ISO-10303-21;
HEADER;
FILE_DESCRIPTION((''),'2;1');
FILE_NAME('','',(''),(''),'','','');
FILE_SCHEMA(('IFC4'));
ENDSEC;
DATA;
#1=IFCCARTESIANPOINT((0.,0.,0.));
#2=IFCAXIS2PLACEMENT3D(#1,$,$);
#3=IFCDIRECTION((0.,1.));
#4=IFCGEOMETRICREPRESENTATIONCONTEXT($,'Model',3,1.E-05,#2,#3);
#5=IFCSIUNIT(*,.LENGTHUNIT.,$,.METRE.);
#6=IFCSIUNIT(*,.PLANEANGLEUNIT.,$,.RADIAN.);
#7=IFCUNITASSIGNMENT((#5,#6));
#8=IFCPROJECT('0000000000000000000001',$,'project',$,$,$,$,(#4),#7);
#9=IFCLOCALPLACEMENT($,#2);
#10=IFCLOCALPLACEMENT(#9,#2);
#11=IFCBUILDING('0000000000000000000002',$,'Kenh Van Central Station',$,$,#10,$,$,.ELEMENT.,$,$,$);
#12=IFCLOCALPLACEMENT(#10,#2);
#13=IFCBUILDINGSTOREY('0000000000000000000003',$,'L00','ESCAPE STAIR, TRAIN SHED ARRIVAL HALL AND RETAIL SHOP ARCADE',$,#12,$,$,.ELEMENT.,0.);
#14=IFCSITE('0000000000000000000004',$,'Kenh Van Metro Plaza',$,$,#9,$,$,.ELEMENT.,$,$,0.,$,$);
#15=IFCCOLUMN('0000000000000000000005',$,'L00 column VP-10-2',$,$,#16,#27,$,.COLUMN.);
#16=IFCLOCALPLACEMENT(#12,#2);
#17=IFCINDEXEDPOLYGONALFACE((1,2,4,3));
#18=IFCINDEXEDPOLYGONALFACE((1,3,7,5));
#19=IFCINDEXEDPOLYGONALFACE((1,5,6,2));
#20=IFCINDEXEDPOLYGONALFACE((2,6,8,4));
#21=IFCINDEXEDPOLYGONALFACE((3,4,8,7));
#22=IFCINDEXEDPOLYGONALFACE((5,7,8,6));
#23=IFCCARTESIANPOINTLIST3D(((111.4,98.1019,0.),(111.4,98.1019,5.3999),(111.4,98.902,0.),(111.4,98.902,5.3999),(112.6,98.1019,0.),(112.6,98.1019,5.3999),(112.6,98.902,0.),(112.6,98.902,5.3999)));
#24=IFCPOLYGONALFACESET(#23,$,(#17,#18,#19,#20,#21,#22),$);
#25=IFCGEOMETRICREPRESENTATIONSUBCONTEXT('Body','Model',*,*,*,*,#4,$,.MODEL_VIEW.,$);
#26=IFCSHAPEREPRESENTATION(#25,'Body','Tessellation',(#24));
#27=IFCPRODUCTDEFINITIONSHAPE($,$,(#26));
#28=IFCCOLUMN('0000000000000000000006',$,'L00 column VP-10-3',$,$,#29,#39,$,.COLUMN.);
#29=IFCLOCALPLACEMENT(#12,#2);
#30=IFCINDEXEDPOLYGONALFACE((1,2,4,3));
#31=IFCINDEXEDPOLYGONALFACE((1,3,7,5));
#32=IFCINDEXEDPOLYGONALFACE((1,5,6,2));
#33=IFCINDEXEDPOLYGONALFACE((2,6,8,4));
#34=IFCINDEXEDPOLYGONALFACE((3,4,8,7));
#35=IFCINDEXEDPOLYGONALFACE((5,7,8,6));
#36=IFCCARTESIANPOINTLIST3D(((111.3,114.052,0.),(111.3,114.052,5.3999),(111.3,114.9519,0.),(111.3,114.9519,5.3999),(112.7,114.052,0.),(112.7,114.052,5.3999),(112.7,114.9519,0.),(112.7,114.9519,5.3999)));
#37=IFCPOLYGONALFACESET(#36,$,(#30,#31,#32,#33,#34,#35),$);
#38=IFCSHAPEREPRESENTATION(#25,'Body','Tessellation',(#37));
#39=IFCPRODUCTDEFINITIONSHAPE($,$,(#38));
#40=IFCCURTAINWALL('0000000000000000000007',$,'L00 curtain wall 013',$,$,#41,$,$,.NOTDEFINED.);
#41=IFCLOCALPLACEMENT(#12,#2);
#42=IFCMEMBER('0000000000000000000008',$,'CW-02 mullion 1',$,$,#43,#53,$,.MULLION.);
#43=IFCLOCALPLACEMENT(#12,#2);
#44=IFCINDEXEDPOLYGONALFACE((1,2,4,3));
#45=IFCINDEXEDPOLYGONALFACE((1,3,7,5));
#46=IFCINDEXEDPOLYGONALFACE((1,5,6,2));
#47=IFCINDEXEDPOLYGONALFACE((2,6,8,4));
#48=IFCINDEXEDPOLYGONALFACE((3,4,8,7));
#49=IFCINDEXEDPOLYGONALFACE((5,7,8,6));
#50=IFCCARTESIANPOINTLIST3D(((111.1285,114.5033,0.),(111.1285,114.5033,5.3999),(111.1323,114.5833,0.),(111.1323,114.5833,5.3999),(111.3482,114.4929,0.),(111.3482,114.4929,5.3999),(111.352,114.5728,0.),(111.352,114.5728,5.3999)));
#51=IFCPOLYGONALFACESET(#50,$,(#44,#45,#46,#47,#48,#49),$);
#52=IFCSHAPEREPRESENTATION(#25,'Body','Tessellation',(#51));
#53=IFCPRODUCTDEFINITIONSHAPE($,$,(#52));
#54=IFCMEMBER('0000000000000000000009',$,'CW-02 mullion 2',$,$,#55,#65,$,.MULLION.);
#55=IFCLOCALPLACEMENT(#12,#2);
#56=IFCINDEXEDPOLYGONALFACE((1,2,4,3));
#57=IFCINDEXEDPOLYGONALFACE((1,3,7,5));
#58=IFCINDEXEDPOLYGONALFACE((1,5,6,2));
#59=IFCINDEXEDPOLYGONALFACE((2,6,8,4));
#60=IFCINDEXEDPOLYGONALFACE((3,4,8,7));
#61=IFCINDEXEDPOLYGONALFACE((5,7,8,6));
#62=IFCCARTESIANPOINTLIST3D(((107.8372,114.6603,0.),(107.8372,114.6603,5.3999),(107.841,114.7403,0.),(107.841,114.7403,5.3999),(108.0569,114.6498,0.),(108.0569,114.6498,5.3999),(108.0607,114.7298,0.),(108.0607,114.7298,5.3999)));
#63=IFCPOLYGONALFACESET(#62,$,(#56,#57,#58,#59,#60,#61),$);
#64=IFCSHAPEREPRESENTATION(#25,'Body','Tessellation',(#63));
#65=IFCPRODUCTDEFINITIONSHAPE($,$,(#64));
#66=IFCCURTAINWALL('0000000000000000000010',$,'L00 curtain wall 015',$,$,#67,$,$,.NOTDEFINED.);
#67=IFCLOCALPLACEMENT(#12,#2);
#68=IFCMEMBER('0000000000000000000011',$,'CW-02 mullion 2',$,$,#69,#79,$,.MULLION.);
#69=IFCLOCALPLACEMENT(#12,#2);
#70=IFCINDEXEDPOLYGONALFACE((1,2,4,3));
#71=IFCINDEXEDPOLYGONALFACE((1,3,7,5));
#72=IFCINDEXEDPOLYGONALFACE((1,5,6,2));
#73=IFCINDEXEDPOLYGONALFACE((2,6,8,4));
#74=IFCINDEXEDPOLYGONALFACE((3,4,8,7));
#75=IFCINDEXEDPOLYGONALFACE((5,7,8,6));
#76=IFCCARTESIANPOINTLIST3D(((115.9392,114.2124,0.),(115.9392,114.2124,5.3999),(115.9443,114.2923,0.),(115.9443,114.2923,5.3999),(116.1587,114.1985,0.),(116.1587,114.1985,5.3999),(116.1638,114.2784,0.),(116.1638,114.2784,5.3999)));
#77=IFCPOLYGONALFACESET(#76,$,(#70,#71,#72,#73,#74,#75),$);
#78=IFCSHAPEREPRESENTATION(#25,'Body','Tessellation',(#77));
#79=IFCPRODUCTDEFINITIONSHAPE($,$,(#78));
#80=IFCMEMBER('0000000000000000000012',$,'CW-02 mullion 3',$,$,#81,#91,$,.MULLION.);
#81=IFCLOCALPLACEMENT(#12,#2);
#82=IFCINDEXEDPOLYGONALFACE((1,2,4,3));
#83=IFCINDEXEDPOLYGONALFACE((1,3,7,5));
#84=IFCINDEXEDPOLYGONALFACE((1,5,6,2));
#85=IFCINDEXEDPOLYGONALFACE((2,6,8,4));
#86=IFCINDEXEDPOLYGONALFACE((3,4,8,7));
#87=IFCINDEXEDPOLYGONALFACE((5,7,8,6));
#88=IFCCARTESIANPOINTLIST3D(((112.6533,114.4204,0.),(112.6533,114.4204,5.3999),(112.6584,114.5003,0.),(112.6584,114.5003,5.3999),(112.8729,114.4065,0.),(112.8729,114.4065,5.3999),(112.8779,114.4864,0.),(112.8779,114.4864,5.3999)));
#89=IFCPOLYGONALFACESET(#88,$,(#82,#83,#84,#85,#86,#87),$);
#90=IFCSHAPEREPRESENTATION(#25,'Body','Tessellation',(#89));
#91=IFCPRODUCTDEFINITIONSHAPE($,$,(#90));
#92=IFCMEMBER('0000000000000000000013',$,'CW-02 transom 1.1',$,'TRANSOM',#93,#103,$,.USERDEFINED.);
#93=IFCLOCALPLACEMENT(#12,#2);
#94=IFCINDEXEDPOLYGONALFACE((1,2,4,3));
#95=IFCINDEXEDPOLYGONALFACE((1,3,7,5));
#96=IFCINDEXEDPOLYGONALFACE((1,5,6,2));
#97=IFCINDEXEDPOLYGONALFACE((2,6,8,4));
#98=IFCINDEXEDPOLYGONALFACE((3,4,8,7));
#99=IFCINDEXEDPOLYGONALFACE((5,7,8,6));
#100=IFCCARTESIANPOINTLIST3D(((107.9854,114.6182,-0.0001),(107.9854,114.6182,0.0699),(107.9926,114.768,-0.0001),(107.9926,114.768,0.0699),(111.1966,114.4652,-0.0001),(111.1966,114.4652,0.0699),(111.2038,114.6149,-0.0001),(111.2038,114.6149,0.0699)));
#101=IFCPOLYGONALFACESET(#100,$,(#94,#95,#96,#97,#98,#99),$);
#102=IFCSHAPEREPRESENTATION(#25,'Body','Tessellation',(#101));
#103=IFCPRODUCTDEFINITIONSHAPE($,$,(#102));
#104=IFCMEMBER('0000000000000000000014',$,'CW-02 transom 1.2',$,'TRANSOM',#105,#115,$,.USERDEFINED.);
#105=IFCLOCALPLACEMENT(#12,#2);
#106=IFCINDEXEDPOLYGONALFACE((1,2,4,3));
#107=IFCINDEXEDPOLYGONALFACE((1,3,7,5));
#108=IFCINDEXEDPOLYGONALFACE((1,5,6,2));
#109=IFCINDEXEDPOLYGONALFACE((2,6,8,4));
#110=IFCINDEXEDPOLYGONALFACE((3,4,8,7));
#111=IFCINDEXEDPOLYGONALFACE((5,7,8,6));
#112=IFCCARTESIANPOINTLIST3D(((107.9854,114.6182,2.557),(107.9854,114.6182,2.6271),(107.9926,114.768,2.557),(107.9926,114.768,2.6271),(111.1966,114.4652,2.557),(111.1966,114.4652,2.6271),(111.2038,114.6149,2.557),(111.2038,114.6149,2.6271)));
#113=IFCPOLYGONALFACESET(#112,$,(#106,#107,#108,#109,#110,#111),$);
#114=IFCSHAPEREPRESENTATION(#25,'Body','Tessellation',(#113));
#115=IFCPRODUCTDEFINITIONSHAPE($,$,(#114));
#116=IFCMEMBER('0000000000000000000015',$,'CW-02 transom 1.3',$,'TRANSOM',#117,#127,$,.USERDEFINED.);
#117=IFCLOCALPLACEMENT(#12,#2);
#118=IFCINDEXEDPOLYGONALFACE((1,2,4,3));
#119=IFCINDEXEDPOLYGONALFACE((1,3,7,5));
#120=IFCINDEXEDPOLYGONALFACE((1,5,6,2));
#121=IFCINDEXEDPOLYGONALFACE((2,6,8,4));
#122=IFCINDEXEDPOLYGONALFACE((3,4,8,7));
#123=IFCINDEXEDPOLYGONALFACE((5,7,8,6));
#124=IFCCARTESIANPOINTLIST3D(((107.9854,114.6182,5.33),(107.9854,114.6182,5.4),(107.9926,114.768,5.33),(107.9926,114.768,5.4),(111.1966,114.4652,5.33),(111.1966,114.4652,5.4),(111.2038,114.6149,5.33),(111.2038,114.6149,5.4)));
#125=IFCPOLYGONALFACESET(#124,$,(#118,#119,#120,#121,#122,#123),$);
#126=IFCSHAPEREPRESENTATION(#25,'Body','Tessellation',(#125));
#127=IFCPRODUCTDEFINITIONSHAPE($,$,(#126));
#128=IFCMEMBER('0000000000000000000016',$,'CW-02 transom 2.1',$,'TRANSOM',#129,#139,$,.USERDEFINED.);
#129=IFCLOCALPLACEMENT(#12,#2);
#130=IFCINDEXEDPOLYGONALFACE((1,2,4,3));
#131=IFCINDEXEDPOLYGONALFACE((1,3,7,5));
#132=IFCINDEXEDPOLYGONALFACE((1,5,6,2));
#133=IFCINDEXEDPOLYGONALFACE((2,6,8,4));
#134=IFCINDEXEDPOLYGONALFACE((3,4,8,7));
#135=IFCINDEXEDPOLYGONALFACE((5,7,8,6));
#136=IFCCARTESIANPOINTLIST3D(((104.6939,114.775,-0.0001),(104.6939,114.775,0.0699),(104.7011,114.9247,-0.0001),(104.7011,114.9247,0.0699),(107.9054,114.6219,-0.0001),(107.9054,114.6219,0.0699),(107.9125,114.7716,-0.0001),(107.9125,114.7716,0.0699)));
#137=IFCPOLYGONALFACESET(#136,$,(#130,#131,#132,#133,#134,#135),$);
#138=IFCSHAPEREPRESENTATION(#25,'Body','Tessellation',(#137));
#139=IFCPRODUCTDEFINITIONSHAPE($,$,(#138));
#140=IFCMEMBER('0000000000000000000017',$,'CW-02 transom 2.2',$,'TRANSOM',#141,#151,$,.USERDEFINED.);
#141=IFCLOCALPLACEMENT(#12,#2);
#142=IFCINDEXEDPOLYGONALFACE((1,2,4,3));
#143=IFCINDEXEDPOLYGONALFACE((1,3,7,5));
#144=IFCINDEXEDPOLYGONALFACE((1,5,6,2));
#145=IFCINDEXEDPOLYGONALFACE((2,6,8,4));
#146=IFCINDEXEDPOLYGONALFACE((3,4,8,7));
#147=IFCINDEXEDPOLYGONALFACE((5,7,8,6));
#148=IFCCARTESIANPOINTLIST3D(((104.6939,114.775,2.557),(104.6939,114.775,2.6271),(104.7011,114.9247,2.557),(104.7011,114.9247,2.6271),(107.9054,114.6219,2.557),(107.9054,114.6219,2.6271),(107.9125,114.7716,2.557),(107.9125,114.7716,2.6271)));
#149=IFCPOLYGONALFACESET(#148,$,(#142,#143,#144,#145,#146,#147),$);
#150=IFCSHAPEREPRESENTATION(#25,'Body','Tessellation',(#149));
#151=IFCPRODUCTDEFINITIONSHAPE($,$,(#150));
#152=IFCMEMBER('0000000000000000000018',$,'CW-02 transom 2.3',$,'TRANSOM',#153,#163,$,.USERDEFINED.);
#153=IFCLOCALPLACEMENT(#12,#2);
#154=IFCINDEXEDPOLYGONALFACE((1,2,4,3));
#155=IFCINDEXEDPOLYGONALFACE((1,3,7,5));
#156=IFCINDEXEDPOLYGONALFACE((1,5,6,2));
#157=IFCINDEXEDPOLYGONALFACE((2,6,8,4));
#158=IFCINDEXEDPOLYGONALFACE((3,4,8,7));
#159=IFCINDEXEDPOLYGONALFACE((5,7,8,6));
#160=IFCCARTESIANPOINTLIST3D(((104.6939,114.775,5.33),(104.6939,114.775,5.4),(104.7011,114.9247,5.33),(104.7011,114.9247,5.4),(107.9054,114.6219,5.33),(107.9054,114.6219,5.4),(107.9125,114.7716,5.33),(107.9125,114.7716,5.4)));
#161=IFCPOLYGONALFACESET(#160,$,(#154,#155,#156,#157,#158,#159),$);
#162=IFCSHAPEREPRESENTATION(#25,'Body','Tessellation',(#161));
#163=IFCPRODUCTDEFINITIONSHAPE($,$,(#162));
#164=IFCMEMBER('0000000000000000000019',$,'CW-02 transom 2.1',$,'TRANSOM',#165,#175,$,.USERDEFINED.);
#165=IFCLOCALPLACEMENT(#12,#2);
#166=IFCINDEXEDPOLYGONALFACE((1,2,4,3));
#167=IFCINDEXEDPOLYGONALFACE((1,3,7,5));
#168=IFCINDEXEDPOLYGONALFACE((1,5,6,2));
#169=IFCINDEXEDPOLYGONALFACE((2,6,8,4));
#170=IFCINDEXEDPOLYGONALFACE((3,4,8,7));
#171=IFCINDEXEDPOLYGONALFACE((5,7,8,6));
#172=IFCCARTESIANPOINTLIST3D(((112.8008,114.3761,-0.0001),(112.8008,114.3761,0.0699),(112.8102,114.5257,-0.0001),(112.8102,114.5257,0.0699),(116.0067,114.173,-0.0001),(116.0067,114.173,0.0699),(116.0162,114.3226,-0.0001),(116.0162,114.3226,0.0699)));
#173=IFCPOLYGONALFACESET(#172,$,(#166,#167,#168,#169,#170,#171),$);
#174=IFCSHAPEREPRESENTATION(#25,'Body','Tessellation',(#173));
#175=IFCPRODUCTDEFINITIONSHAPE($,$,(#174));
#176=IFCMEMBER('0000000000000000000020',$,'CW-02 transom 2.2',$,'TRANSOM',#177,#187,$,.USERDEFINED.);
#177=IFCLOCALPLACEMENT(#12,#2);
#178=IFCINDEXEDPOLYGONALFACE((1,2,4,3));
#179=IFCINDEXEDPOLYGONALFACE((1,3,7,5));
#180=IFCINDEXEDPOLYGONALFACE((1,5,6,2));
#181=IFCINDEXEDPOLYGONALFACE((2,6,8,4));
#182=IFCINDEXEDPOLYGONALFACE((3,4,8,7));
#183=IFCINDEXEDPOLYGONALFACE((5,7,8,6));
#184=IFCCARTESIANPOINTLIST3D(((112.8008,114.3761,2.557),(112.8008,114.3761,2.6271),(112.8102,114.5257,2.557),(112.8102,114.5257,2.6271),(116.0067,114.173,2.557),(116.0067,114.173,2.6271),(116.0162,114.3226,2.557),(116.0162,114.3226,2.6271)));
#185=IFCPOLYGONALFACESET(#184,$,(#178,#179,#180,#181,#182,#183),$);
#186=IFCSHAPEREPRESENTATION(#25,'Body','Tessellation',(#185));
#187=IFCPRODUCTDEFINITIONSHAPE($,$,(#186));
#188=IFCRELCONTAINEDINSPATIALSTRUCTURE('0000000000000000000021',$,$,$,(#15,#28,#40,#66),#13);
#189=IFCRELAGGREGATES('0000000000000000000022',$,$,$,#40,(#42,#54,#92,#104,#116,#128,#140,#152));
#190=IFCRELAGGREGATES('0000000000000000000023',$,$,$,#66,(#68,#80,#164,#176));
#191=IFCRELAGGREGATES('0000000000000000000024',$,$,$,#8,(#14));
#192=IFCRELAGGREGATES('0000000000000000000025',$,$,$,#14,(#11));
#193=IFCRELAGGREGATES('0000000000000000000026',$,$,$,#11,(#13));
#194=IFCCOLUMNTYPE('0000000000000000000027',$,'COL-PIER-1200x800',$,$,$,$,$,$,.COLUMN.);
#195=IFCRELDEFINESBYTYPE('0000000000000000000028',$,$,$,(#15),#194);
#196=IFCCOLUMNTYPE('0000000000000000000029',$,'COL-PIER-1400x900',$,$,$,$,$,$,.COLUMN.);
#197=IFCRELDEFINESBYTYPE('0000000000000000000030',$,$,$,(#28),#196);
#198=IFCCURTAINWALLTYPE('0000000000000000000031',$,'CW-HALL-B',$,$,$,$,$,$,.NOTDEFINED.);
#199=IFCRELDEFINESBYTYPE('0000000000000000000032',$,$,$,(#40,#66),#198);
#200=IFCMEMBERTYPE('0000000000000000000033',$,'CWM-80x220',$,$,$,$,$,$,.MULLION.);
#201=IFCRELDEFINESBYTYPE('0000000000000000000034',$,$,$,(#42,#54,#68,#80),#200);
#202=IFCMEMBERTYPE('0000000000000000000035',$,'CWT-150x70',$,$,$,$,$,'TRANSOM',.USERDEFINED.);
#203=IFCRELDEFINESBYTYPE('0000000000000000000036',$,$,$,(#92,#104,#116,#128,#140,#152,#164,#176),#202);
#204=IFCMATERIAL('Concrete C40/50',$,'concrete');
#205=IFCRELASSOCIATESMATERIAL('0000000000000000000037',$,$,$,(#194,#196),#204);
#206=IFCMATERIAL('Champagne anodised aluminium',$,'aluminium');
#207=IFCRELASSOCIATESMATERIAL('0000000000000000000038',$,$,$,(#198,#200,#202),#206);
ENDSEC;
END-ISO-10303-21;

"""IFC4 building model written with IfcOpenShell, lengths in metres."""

from ifc_helpers import new_model, si_unit, direction, frame, origin, origin_2d, place, context, subcontext, project, spatial, rectangle, extrude, material, material_profile, profile_set, type_object, element, aggregate, save


model = new_model("IFC4")

# Units and contexts
model_context = context("Model", 3, precision=1e-05, world=origin(), true_north=direction((0.0, 1.0)))
body_context = subcontext(model_context, "Body", "Model", "MODEL_VIEW")
ifc_project = project(units=[si_unit("LENGTHUNIT", "METRE"), si_unit("PLANEANGLEUNIT", "RADIAN")], contexts=[model_context])

# Site, building, storey
site_placement = place(None, origin())
site = spatial("IfcSite", under=ifc_project, at=site_placement, Name="Kenh Van Metro Plaza", CompositionType="ELEMENT", RefElevation=0.0)
building_placement = place(site_placement, origin())
building = spatial("IfcBuilding", under=site, at=building_placement, Name="Kenh Van Central Station", CompositionType="ELEMENT")
storey_placement = place(building_placement, origin())
storey = spatial("IfcBuildingStorey", under=building, at=storey_placement, Name="L00", Description="ESCAPE STAIR, TRAIN SHED ARRIVAL HALL AND RETAIL SHOP ARCADE", CompositionType="ELEMENT", Elevation=0.0)

# Columns
ifc_material_1 = material(Name="Concrete C40/50", Category="concrete")
ifc_material_profile_1 = material_profile(ifc_material_1, rectangle(XDim=1.2, YDim=0.8, at=origin_2d()), Name="RC 1200x800")
ifc_profile_set_1 = profile_set([ifc_material_profile_1], Name="Concrete C40/50")
column_type_1 = type_object("IfcColumnType", Name="COL-PIER-1200x800", PredefinedType="COLUMN", material=ifc_profile_set_1)
column_1_placement = place(storey_placement, frame((112.0, 98.502, 0.0), z_axis=(0.0, 0.0, 1.0), x_axis=(1.0, 0.0, 0.0)))
element("IfcColumn", 1, at=column_1_placement, inside=storey, type_object=column_type_1, Name="L00 column VP-10-2", PredefinedType="COLUMN", context=body_context, shape_type="SweptSolid", body=[
    extrude(rectangle(XDim=1.2, YDim=0.8, at=origin_2d()), origin(), (0.0, 0.0, 1.0), 5.3999),
])
ifc_material_profile_2 = material_profile(ifc_material_1, rectangle(XDim=1.3999, YDim=0.8999, at=origin_2d()), Name="RC 1400x900")
ifc_profile_set_2 = profile_set([ifc_material_profile_2], Name="Concrete C40/50")
column_type_2 = type_object("IfcColumnType", Name="COL-PIER-1400x900", PredefinedType="COLUMN", material=ifc_profile_set_2)
column_2_placement = place(storey_placement, frame((112.0, 114.502, 0.0), z_axis=(0.0, 0.0, 1.0), x_axis=(1.0, 0.0, 0.0)))
element("IfcColumn", 2, at=column_2_placement, inside=storey, type_object=column_type_2, Name="L00 column VP-10-3", PredefinedType="COLUMN", context=body_context, shape_type="SweptSolid", body=[
    extrude(rectangle(XDim=1.3999, YDim=0.8999, at=origin_2d()), origin(), (0.0, 0.0, 1.0), 5.3999),
])

# Curtain walls, members
ifc_material_2 = material(Name="Champagne anodised aluminium", Category="aluminium")
curtain_wall_type = type_object("IfcCurtainWallType", Name="CW-HALL-B", PredefinedType="NOTDEFINED", material=ifc_material_2)
curtain_wall_1_placement = place(storey_placement, origin())
curtain_wall_1 = element("IfcCurtainWall", 3, at=curtain_wall_1_placement, inside=storey, type_object=curtain_wall_type, Name="L00 curtain wall 013", PredefinedType="NOTDEFINED")
ifc_material_profile_3 = material_profile(ifc_material_2, rectangle(XDim=0.0801, YDim=0.22, at=origin_2d()), Name="AL 80x220")
ifc_profile_set_3 = profile_set([ifc_material_profile_3], Name="Champagne anodised aluminium")
member_type_1 = type_object("IfcMemberType", Name="CWM-80x220", PredefinedType="MULLION", material=ifc_profile_set_3)
member_1_placement = place(storey_placement, frame((111.2402, 114.5381, 0.0), z_axis=(0.0, 0.0, 1.0), x_axis=(-0.047601, -0.998866, 0.0)))
member_1 = element("IfcMember", 4, at=member_1_placement, type_object=member_type_1, Name="CW-02 mullion 1", PredefinedType="MULLION", context=body_context, shape_type="SweptSolid", body=[
    extrude(rectangle(XDim=0.0801, YDim=0.22, at=origin_2d()), origin(), (0.0, 0.0, 1.0), 5.3999),
])
member_2_placement = place(storey_placement, frame((107.949, 114.6951, 0.0), z_axis=(0.0, 0.0, 1.0), x_axis=(-0.047601, -0.998866, 0.0)))
member_2 = element("IfcMember", 5, at=member_2_placement, type_object=member_type_1, Name="CW-02 mullion 2", PredefinedType="MULLION", context=body_context, shape_type="SweptSolid", body=[
    extrude(rectangle(XDim=0.0801, YDim=0.22, at=origin_2d()), origin(), (0.0, 0.0, 1.0), 5.3999),
])
curtain_wall_2_placement = place(storey_placement, origin())
curtain_wall_2 = element("IfcCurtainWall", 6, at=curtain_wall_2_placement, inside=storey, type_object=curtain_wall_type, Name="L00 curtain wall 015", PredefinedType="NOTDEFINED")
member_3_placement = place(storey_placement, frame((116.0515, 114.2454, 0.0), z_axis=(0.0, 0.0, 1.0), x_axis=(-0.063211, -0.998, 0.0)))
member_3 = element("IfcMember", 7, at=member_3_placement, type_object=member_type_1, Name="CW-02 mullion 2", PredefinedType="MULLION", context=body_context, shape_type="SweptSolid", body=[
    extrude(rectangle(XDim=0.0801, YDim=0.22, at=origin_2d()), origin(), (0.0, 0.0, 1.0), 5.3999),
])
member_4_placement = place(storey_placement, frame((112.7656, 114.4534, 0.0), z_axis=(0.0, 0.0, 1.0), x_axis=(-0.063211, -0.998, 0.0)))
member_4 = element("IfcMember", 8, at=member_4_placement, type_object=member_type_1, Name="CW-02 mullion 3", PredefinedType="MULLION", context=body_context, shape_type="SweptSolid", body=[
    extrude(rectangle(XDim=0.0801, YDim=0.22, at=origin_2d()), origin(), (0.0, 0.0, 1.0), 5.3999),
])

# Members
ifc_material_profile_4 = material_profile(ifc_material_2, rectangle(XDim=0.1499, YDim=0.0701, at=origin_2d()), Name="AL 150x70")
ifc_profile_set_4 = profile_set([ifc_material_profile_4], Name="Champagne anodised aluminium")
member_type_2 = type_object("IfcMemberType", Name="CWT-150x70", ElementType="TRANSOM", PredefinedType="USERDEFINED", material=ifc_profile_set_4)
member_5_placement = place(storey_placement, frame((111.2002, 114.54, 0.0349), z_axis=(-0.998866, 0.047616, 0.0), x_axis=(-0.047616, -0.998866, 0.0)))
member_5 = element("IfcMember", 9, at=member_5_placement, type_object=member_type_2, Name="CW-02 transom 1.1", ObjectType="TRANSOM", PredefinedType="USERDEFINED", context=body_context, shape_type="SweptSolid", body=[
    extrude(rectangle(XDim=0.1499, YDim=0.0701, at=origin_2d()), origin(), (0.0, 0.0, 1.0), 3.2148),
])
member_6_placement = place(storey_placement, frame((111.2002, 114.54, 2.592), z_axis=(-0.998866, 0.047616, 0.0), x_axis=(-0.047616, -0.998866, 0.0)))
member_6 = element("IfcMember", 10, at=member_6_placement, type_object=member_type_2, Name="CW-02 transom 1.2", ObjectType="TRANSOM", PredefinedType="USERDEFINED", context=body_context, shape_type="SweptSolid", body=[
    extrude(rectangle(XDim=0.1499, YDim=0.0701, at=origin_2d()), origin(), (0.0, 0.0, 1.0), 3.2148),
])
member_7_placement = place(storey_placement, frame((111.2002, 114.54, 5.365), z_axis=(-0.998866, 0.047616, 0.0), x_axis=(-0.047616, -0.998866, 0.0)))
member_7 = element("IfcMember", 11, at=member_7_placement, type_object=member_type_2, Name="CW-02 transom 1.3", ObjectType="TRANSOM", PredefinedType="USERDEFINED", context=body_context, shape_type="SweptSolid", body=[
    extrude(rectangle(XDim=0.1499, YDim=0.0701, at=origin_2d()), origin(), (0.0, 0.0, 1.0), 3.2148),
])
member_8_placement = place(storey_placement, frame((107.9089, 114.6968, 0.0349), z_axis=(-0.998866, 0.047612, 0.0), x_axis=(-0.047612, -0.998866, 0.0)))
member_8 = element("IfcMember", 12, at=member_8_placement, type_object=member_type_2, Name="CW-02 transom 2.1", ObjectType="TRANSOM", PredefinedType="USERDEFINED", context=body_context, shape_type="SweptSolid", body=[
    extrude(rectangle(XDim=0.1499, YDim=0.0701, at=origin_2d()), origin(), (0.0, 0.0, 1.0), 3.2151),
])
member_9_placement = place(storey_placement, frame((107.9089, 114.6968, 2.592), z_axis=(-0.998866, 0.047612, 0.0), x_axis=(-0.047612, -0.998866, 0.0)))
member_9 = element("IfcMember", 13, at=member_9_placement, type_object=member_type_2, Name="CW-02 transom 2.2", ObjectType="TRANSOM", PredefinedType="USERDEFINED", context=body_context, shape_type="SweptSolid", body=[
    extrude(rectangle(XDim=0.1499, YDim=0.0701, at=origin_2d()), origin(), (0.0, 0.0, 1.0), 3.2151),
])
member_10_placement = place(storey_placement, frame((107.9089, 114.6968, 5.365), z_axis=(-0.998866, 0.047612, 0.0), x_axis=(-0.047612, -0.998866, 0.0)))
member_10 = element("IfcMember", 14, at=member_10_placement, type_object=member_type_2, Name="CW-02 transom 2.3", ObjectType="TRANSOM", PredefinedType="USERDEFINED", context=body_context, shape_type="SweptSolid", body=[
    extrude(rectangle(XDim=0.1499, YDim=0.0701, at=origin_2d()), origin(), (0.0, 0.0, 1.0), 3.2151),
])
member_11_placement = place(storey_placement, frame((116.0115, 114.2478, 0.0349), z_axis=(-0.997999, 0.06323, 0.0), x_axis=(-0.06323, -0.997999, 0.0)))
member_11 = element("IfcMember", 15, at=member_11_placement, type_object=member_type_2, Name="CW-02 transom 2.1", ObjectType="TRANSOM", PredefinedType="USERDEFINED", context=body_context, shape_type="SweptSolid", body=[
    extrude(rectangle(XDim=0.1499, YDim=0.0701, at=origin_2d()), origin(), (0.0, 0.0, 1.0), 3.2124),
])
member_12_placement = place(storey_placement, frame((116.0115, 114.2478, 2.592), z_axis=(-0.997999, 0.06323, 0.0), x_axis=(-0.06323, -0.997999, 0.0)))
member_12 = element("IfcMember", 16, at=member_12_placement, type_object=member_type_2, Name="CW-02 transom 2.2", ObjectType="TRANSOM", PredefinedType="USERDEFINED", context=body_context, shape_type="SweptSolid", body=[
    extrude(rectangle(XDim=0.1499, YDim=0.0701, at=origin_2d()), origin(), (0.0, 0.0, 1.0), 3.2124),
])

aggregate(curtain_wall_1, [member_1, member_2, member_5, member_6, member_7, member_8, member_9, member_10])
aggregate(curtain_wall_2, [member_3, member_4, member_11, member_12])

save(model, "model.ifc")
